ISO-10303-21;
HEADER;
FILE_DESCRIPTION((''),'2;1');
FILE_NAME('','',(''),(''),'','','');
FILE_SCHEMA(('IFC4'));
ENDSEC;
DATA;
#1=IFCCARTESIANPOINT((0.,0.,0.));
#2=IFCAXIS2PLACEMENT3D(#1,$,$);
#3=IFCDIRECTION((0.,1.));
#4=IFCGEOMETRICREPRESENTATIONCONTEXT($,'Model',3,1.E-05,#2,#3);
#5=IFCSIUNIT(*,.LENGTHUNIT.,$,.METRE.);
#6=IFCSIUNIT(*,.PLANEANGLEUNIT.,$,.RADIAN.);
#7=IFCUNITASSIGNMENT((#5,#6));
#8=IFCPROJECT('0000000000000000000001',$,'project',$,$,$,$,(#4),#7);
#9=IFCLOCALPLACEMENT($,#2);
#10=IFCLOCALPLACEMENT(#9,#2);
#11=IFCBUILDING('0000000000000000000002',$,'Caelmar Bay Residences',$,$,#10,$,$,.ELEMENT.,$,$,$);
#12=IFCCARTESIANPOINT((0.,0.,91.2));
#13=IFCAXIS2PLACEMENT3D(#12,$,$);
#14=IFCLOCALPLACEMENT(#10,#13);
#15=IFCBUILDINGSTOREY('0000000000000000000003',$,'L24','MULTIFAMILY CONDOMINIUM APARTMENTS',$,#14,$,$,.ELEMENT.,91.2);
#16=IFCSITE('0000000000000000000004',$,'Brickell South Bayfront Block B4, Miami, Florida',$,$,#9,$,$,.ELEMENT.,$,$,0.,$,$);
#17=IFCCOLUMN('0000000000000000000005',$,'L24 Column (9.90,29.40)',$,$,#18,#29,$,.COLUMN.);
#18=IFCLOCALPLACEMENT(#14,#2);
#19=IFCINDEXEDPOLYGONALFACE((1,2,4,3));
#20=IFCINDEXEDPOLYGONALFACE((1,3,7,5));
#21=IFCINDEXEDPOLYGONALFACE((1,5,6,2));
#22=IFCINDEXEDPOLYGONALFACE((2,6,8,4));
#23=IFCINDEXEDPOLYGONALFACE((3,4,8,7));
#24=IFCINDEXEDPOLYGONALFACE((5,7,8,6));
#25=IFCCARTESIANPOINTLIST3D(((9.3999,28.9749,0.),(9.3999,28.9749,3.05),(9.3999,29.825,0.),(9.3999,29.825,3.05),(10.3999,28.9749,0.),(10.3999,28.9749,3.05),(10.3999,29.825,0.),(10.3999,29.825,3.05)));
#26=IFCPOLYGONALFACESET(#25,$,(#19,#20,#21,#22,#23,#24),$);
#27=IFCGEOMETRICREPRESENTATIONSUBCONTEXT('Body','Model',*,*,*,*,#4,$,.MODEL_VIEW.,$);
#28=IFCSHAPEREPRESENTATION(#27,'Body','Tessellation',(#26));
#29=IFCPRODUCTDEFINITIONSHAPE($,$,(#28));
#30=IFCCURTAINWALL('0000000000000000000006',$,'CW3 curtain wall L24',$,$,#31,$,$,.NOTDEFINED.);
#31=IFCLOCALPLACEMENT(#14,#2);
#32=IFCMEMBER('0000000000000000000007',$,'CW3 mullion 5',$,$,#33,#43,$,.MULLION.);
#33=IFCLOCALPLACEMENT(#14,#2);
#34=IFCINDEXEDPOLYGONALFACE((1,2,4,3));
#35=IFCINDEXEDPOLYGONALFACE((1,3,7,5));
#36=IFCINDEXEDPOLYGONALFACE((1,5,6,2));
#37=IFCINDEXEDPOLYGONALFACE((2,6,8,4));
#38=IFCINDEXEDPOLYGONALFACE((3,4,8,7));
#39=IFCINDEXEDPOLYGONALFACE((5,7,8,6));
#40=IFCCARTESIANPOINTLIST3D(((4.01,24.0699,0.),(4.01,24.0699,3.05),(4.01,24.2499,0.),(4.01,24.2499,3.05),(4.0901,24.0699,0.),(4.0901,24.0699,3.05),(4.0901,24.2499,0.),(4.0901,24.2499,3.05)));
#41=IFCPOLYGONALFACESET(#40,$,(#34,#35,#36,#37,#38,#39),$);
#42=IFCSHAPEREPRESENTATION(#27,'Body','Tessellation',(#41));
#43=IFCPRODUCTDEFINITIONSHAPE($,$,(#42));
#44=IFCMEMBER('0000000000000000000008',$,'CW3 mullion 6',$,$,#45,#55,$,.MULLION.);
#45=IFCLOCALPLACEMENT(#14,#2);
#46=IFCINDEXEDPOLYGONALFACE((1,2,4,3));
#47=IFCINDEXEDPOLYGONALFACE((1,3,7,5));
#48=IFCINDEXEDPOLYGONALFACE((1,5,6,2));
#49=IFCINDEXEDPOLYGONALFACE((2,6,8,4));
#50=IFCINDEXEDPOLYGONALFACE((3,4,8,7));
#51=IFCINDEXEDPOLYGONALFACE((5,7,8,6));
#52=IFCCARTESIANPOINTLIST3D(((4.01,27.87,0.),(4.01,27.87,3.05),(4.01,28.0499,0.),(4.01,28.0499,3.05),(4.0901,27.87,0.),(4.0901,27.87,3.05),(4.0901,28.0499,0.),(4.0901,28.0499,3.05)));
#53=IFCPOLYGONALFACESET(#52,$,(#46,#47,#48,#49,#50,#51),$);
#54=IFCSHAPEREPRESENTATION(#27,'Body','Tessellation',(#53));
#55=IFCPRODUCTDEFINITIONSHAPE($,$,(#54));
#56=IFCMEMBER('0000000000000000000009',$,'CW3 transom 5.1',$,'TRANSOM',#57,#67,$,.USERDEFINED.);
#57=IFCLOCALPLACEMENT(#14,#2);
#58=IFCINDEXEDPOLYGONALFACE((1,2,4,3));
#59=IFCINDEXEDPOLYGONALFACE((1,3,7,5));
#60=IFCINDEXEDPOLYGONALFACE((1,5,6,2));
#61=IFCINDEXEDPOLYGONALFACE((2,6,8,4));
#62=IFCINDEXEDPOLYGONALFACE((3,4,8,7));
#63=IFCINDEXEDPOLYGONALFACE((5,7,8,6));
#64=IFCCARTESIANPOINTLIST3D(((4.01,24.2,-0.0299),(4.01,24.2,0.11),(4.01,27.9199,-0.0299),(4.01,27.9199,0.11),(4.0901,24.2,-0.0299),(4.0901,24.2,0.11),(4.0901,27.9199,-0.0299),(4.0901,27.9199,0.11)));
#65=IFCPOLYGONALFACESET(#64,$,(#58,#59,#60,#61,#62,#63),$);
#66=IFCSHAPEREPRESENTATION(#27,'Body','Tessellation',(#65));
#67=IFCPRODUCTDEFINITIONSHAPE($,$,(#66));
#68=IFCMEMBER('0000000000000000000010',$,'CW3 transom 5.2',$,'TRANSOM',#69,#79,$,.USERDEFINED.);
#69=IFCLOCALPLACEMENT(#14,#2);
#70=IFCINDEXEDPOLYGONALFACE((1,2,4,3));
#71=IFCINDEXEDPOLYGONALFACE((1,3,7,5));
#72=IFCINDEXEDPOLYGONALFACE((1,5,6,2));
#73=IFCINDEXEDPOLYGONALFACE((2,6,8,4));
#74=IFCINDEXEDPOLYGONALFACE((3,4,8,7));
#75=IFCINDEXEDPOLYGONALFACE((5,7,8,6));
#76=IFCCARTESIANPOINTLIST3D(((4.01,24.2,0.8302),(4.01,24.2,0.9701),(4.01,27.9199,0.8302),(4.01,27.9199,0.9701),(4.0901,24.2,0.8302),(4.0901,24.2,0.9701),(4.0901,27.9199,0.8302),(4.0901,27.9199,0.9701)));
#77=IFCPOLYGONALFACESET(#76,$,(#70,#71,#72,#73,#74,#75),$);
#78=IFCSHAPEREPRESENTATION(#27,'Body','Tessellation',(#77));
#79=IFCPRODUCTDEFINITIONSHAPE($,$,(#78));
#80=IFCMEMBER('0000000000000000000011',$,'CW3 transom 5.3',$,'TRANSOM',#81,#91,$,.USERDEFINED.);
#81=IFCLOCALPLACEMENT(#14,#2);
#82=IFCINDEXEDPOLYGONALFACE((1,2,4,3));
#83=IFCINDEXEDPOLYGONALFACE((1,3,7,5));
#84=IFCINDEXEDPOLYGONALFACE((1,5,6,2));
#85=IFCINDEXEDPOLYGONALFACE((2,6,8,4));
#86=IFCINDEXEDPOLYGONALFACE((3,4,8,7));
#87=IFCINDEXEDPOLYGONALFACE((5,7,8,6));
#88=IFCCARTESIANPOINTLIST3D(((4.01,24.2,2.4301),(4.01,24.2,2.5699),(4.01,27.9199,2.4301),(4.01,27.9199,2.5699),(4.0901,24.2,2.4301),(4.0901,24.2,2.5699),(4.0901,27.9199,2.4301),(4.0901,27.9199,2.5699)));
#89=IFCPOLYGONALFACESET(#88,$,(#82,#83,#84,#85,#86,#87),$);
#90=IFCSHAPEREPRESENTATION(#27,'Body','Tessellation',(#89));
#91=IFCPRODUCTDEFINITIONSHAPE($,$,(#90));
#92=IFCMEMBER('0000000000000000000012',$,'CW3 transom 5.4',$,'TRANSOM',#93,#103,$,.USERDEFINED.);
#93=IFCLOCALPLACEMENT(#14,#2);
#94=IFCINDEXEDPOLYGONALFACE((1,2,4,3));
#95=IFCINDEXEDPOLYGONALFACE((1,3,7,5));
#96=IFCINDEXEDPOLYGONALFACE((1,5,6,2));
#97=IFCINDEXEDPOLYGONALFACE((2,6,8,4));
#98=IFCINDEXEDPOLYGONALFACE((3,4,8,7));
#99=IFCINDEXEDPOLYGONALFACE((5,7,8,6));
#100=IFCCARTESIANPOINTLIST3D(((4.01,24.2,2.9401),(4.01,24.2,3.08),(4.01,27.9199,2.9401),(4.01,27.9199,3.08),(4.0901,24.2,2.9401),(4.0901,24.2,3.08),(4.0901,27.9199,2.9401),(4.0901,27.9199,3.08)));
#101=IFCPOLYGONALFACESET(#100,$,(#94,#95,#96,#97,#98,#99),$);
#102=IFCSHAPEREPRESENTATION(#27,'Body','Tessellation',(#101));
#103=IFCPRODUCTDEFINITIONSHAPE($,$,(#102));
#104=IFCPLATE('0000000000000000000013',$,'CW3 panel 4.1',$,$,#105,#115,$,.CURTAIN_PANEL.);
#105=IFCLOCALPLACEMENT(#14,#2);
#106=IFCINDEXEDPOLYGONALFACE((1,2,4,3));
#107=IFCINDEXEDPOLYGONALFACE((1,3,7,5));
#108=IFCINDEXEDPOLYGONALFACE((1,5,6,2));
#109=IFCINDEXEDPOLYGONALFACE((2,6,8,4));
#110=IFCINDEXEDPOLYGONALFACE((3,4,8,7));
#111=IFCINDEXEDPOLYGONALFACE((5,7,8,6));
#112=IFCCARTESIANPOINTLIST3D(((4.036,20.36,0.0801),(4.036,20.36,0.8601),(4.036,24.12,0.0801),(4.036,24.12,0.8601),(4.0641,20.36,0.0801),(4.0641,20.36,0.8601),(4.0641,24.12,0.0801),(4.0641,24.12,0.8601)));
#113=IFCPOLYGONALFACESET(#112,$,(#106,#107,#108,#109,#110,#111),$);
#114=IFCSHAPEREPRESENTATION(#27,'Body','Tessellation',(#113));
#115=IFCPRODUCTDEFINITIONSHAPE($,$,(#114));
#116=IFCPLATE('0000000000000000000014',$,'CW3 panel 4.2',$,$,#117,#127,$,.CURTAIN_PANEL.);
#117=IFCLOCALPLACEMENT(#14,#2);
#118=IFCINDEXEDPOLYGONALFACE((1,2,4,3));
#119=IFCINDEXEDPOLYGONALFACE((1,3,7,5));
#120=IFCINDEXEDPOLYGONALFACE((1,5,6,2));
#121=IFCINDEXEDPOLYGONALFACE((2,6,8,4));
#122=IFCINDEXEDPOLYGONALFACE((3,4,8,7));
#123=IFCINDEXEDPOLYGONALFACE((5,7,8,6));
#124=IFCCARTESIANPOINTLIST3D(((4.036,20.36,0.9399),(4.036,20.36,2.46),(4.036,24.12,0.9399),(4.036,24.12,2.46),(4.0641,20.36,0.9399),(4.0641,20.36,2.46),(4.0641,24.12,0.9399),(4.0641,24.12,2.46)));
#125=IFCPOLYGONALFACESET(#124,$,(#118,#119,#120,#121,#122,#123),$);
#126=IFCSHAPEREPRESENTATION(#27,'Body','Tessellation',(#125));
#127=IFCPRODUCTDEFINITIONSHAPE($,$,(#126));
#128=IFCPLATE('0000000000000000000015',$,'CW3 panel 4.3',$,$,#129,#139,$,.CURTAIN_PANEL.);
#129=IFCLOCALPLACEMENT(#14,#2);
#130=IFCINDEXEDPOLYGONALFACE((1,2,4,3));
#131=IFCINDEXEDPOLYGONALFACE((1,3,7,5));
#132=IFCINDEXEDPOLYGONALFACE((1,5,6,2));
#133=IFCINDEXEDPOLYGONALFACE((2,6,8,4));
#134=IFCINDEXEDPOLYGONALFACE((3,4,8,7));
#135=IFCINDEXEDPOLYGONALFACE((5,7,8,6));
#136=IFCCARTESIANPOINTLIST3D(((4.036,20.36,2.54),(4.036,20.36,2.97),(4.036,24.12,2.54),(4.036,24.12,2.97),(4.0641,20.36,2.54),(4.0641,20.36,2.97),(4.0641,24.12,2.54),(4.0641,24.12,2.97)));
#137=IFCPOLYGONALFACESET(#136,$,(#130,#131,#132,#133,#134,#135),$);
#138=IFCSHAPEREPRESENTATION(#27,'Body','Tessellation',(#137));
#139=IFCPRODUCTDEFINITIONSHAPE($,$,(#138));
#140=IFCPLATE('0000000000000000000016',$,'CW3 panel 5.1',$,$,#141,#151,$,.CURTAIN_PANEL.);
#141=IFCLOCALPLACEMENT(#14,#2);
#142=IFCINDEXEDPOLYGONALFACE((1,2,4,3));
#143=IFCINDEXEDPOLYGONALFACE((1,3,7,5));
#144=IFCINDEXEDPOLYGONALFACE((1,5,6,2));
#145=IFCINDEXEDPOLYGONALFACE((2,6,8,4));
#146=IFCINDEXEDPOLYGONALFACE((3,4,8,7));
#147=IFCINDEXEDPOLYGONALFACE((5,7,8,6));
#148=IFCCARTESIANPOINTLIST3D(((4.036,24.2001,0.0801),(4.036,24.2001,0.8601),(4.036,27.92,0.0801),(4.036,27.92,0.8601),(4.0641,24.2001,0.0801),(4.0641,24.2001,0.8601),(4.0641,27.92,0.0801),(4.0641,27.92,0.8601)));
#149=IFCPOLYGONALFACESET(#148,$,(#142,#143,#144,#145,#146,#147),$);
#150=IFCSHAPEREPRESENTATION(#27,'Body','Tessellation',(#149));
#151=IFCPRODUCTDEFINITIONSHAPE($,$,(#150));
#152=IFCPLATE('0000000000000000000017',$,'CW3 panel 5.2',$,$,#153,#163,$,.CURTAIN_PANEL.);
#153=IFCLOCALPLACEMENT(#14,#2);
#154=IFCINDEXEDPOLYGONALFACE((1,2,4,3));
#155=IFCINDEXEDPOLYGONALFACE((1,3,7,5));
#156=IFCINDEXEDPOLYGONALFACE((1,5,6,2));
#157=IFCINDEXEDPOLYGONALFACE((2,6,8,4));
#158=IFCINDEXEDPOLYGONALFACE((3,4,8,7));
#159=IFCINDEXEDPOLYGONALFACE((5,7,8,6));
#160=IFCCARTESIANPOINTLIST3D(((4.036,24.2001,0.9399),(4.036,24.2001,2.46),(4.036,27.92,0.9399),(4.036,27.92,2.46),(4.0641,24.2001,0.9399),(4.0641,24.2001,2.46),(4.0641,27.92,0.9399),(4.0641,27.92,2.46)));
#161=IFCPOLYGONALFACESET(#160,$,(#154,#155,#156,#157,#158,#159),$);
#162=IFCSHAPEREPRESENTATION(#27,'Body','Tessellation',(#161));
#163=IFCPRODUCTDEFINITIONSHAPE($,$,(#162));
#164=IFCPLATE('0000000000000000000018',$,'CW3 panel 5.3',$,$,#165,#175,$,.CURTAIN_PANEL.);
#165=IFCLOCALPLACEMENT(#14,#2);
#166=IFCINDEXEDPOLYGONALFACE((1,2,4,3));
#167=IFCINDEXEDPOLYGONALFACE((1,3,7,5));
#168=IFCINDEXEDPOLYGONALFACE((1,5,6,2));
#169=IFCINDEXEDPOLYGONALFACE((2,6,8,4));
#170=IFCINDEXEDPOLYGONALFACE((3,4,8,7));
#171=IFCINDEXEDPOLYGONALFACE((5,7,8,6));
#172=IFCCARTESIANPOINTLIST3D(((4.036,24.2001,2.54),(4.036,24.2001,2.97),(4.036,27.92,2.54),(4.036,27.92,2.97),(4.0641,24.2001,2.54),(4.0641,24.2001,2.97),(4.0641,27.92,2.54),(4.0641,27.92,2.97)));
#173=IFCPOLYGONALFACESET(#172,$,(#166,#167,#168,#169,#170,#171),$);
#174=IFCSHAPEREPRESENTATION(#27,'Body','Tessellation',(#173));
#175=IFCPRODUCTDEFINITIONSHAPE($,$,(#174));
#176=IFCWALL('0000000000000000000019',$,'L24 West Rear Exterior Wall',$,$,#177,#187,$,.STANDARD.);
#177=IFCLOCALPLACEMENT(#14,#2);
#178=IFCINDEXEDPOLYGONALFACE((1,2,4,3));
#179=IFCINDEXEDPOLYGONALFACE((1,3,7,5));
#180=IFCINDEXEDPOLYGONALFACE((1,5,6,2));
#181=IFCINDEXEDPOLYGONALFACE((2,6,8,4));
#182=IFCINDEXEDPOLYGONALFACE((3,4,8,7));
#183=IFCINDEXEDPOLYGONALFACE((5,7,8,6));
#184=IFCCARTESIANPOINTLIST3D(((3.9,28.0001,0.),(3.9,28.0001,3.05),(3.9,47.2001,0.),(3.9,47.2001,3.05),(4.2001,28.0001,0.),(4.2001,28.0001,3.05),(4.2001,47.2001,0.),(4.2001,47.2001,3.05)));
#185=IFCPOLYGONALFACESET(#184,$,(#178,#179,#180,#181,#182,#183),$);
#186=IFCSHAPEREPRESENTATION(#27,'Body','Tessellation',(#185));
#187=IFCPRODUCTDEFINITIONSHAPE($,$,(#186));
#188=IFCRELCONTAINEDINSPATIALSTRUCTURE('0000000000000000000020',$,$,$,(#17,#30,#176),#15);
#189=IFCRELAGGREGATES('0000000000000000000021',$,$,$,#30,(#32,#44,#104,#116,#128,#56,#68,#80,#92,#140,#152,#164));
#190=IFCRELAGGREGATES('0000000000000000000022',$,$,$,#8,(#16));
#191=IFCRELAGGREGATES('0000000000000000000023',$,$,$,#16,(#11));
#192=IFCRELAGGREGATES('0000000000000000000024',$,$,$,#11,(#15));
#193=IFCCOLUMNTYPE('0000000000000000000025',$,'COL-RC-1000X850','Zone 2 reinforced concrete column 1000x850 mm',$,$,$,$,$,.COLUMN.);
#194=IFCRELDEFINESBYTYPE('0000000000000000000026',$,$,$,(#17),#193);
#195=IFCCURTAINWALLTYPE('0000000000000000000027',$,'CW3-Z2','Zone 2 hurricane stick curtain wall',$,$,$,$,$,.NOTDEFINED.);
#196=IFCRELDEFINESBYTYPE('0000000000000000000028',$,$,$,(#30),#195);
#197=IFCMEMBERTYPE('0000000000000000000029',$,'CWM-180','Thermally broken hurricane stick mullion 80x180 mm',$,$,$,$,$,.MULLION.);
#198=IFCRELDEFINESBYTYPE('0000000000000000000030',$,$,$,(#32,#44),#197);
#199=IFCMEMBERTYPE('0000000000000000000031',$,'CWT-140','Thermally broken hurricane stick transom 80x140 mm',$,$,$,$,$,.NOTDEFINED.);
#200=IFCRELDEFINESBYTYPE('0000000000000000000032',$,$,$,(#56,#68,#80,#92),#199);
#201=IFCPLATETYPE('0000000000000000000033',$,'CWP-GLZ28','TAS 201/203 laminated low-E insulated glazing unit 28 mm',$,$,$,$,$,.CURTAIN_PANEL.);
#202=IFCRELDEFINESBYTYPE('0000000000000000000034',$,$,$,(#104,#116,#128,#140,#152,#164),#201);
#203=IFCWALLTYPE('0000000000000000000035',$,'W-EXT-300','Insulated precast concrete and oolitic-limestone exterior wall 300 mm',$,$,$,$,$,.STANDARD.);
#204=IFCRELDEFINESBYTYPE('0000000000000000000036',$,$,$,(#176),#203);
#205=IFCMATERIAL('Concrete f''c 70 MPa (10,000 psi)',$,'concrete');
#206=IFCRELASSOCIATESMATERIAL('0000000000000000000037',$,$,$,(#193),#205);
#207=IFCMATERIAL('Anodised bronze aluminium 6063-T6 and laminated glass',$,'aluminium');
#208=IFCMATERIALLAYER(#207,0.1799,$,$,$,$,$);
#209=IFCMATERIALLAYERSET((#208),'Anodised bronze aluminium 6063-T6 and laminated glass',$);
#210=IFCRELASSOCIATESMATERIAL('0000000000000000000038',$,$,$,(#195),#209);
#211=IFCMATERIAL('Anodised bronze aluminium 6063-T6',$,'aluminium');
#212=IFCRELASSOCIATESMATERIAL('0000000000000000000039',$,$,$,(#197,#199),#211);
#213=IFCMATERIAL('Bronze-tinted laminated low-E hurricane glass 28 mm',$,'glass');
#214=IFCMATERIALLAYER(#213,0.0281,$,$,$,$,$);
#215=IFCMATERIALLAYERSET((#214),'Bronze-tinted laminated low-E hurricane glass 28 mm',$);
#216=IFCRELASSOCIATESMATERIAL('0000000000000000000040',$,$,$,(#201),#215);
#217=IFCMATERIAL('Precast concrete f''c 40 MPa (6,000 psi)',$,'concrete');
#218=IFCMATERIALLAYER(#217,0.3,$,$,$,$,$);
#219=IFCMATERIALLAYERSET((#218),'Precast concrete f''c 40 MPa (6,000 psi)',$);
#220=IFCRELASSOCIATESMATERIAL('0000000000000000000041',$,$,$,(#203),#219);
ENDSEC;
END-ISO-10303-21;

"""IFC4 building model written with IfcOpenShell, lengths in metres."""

from ifc_helpers import new_model, si_unit, direction, frame, frame_2d, origin, origin_2d, place, context, subcontext, project, spatial, rectangle, extrude, material, layer, layer_set, material_profile, profile_set, type_object, element, aggregate, save


model = new_model("IFC4")

# Units and contexts
model_context = context("Model", 3, precision=1e-05, world=origin(), true_north=direction((0.0, 1.0)))
body_context = subcontext(model_context, "Body", "Model", "MODEL_VIEW")
ifc_project = project(units=[si_unit("LENGTHUNIT", "METRE"), si_unit("PLANEANGLEUNIT", "RADIAN")], contexts=[model_context])

# Site, building, storey
site_placement = place(None, origin())
site = spatial("IfcSite", under=ifc_project, at=site_placement, Name="Brickell South Bayfront Block B4, Miami, Florida", CompositionType="ELEMENT", RefElevation=0.0)
building_placement = place(site_placement, origin())
building = spatial("IfcBuilding", under=site, at=building_placement, Name="Caelmar Bay Residences", CompositionType="ELEMENT")
storey_placement = place(building_placement, frame((0.0, 0.0, 91.2)))
storey = spatial("IfcBuildingStorey", under=building, at=storey_placement, Name="L24", Description="MULTIFAMILY CONDOMINIUM APARTMENTS", CompositionType="ELEMENT", Elevation=91.2)

# Column
ifc_material_1 = material(Name="Concrete f'c 70 MPa (10,000 psi)", Category="concrete")
ifc_material_profile_1 = material_profile(ifc_material_1, rectangle(XDim=1.0, YDim=0.8501, at=origin_2d()), Name="RC-COL-1000X850")
ifc_profile_set_1 = profile_set([ifc_material_profile_1], Name="Concrete f'c 70 MPa (10,000 psi)")
column_type = type_object("IfcColumnType", Name="COL-RC-1000X850", Description="Zone 2 reinforced concrete column 1000x850 mm", PredefinedType="COLUMN", material=ifc_profile_set_1)
column_placement = place(storey_placement, frame((9.8999, 29.3999, 0.0), z_axis=(0.0, 0.0, 1.0), x_axis=(1.0, 0.0, 0.0)))
element("IfcColumn", 1, at=column_placement, inside=storey, type_object=column_type, Name="L24 Column (9.90,29.40)", PredefinedType="COLUMN", context=body_context, shape_type="SweptSolid", body=[
    extrude(rectangle(XDim=1.0, YDim=0.8501, at=origin_2d()), origin(), (0.0, 0.0, 1.0), 3.05),
])

# Curtain wall, members, plates
ifc_material_2 = material(Name="Anodised bronze aluminium 6063-T6 and laminated glass", Category="aluminium")
ifc_layer_1 = layer(ifc_material_2, 0.1799)
ifc_layer_set_1 = layer_set([ifc_layer_1], Name="Anodised bronze aluminium 6063-T6 and laminated glass")
curtain_wall_type = type_object("IfcCurtainWallType", Name="CW3-Z2", Description="Zone 2 hurricane stick curtain wall", PredefinedType="NOTDEFINED", material=ifc_layer_set_1)
curtain_wall_placement = place(storey_placement, origin())
curtain_wall = element("IfcCurtainWall", 2, at=curtain_wall_placement, inside=storey, type_object=curtain_wall_type, Name="CW3 curtain wall L24", PredefinedType="NOTDEFINED")
ifc_material_3 = material(Name="Anodised bronze aluminium 6063-T6", Category="aluminium")
ifc_material_profile_2 = material_profile(ifc_material_3, rectangle(XDim=0.0801, YDim=0.1799, at=origin_2d()), Name="CWM-80X180")
ifc_profile_set_2 = profile_set([ifc_material_profile_2], Name="Anodised bronze aluminium 6063-T6")
member_type_1 = type_object("IfcMemberType", Name="CWM-180", Description="Thermally broken hurricane stick mullion 80x180 mm", PredefinedType="MULLION", material=ifc_profile_set_2)
member_1_placement = place(storey_placement, frame((4.05, 24.1599, 0.0), z_axis=(0.0, 0.0, 1.0), x_axis=(-1.0, 0.0, 0.0)))
member_1 = element("IfcMember", 3, at=member_1_placement, type_object=member_type_1, Name="CW3 mullion 5", PredefinedType="MULLION", context=body_context, shape_type="SweptSolid", body=[
    extrude(rectangle(XDim=0.0801, YDim=0.1799, at=origin_2d()), origin(), (0.0, 0.0, 1.0), 3.05),
])
member_2_placement = place(storey_placement, frame((4.05, 27.96, 0.0), z_axis=(0.0, 0.0, 1.0), x_axis=(-1.0, 0.0, 0.0)))
member_2 = element("IfcMember", 4, at=member_2_placement, type_object=member_type_1, Name="CW3 mullion 6", PredefinedType="MULLION", context=body_context, shape_type="SweptSolid", body=[
    extrude(rectangle(XDim=0.0801, YDim=0.1799, at=origin_2d()), origin(), (0.0, 0.0, 1.0), 3.05),
])
ifc_material_profile_3 = material_profile(ifc_material_3, rectangle(XDim=0.0801, YDim=0.1399, at=origin_2d()), Name="CWT-80X140")
ifc_profile_set_3 = profile_set([ifc_material_profile_3], Name="Anodised bronze aluminium 6063-T6")
member_type_2 = type_object("IfcMemberType", Name="CWT-140", Description="Thermally broken hurricane stick transom 80x140 mm", PredefinedType="NOTDEFINED", material=ifc_profile_set_3)
member_3_placement = place(storey_placement, frame((4.05, 24.2, 0.04), z_axis=(0.0, 1.0, 0.0), x_axis=(-1.0, 0.0, 0.0)))
member_3 = element("IfcMember", 5, at=member_3_placement, type_object=member_type_2, Name="CW3 transom 5.1", ObjectType="TRANSOM", PredefinedType="USERDEFINED", context=body_context, shape_type="SweptSolid", body=[
    extrude(rectangle(XDim=0.0801, YDim=0.1399, at=origin_2d()), origin(), (0.0, 0.0, 1.0), 3.72),
])
member_4_placement = place(storey_placement, frame((4.05, 24.2, 0.9001), z_axis=(0.0, 1.0, 0.0), x_axis=(-1.0, 0.0, 0.0)))
member_4 = element("IfcMember", 6, at=member_4_placement, type_object=member_type_2, Name="CW3 transom 5.2", ObjectType="TRANSOM", PredefinedType="USERDEFINED", context=body_context, shape_type="SweptSolid", body=[
    extrude(rectangle(XDim=0.0801, YDim=0.1399, at=origin_2d()), origin(), (0.0, 0.0, 1.0), 3.72),
])
member_5_placement = place(storey_placement, frame((4.05, 24.2, 2.5), z_axis=(0.0, 1.0, 0.0), x_axis=(-1.0, 0.0, 0.0)))
member_5 = element("IfcMember", 7, at=member_5_placement, type_object=member_type_2, Name="CW3 transom 5.3", ObjectType="TRANSOM", PredefinedType="USERDEFINED", context=body_context, shape_type="SweptSolid", body=[
    extrude(rectangle(XDim=0.0801, YDim=0.1399, at=origin_2d()), origin(), (0.0, 0.0, 1.0), 3.72),
])
member_6_placement = place(storey_placement, frame((4.05, 24.2, 3.01), z_axis=(0.0, 1.0, 0.0), x_axis=(-1.0, 0.0, 0.0)))
member_6 = element("IfcMember", 8, at=member_6_placement, type_object=member_type_2, Name="CW3 transom 5.4", ObjectType="TRANSOM", PredefinedType="USERDEFINED", context=body_context, shape_type="SweptSolid", body=[
    extrude(rectangle(XDim=0.0801, YDim=0.1399, at=origin_2d()), origin(), (0.0, 0.0, 1.0), 3.72),
])
ifc_material_4 = material(Name="Bronze-tinted laminated low-E hurricane glass 28 mm", Category="glass")
ifc_layer_2 = layer(ifc_material_4, 0.0281)
ifc_layer_set_2 = layer_set([ifc_layer_2], Name="Bronze-tinted laminated low-E hurricane glass 28 mm")
plate_type = type_object("IfcPlateType", Name="CWP-GLZ28", Description="TAS 201/203 laminated low-E insulated glazing unit 28 mm", PredefinedType="CURTAIN_PANEL", material=ifc_layer_set_2)
plate_1_placement = place(storey_placement, frame((4.05, 22.24, 0.0801), z_axis=(0.0, 0.0, 1.0), x_axis=(0.0, 1.0, 0.0)))
plate_1 = element("IfcPlate", 9, at=plate_1_placement, type_object=plate_type, Name="CW3 panel 4.1", PredefinedType="CURTAIN_PANEL", context=body_context, shape_type="SweptSolid", body=[
    extrude(rectangle(XDim=3.76, YDim=0.0281, at=origin_2d()), origin(), (0.0, 0.0, 1.0), 0.78),
])
plate_2_placement = place(storey_placement, frame((4.05, 22.24, 0.9399), z_axis=(0.0, 0.0, 1.0), x_axis=(0.0, 1.0, 0.0)))
plate_2 = element("IfcPlate", 10, at=plate_2_placement, type_object=plate_type, Name="CW3 panel 4.2", PredefinedType="CURTAIN_PANEL", context=body_context, shape_type="SweptSolid", body=[
    extrude(rectangle(XDim=3.76, YDim=0.0281, at=origin_2d()), origin(), (0.0, 0.0, 1.0), 1.52),
])
plate_3_placement = place(storey_placement, frame((4.05, 22.24, 2.54), z_axis=(0.0, 0.0, 1.0), x_axis=(0.0, 1.0, 0.0)))
plate_3 = element("IfcPlate", 11, at=plate_3_placement, type_object=plate_type, Name="CW3 panel 4.3", PredefinedType="CURTAIN_PANEL", context=body_context, shape_type="SweptSolid", body=[
    extrude(rectangle(XDim=3.76, YDim=0.0281, at=origin_2d()), origin(), (0.0, 0.0, 1.0), 0.4299),
])
plate_4_placement = place(storey_placement, frame((4.05, 26.0601, 0.0801), z_axis=(0.0, 0.0, 1.0), x_axis=(0.0, 1.0, 0.0)))
plate_4 = element("IfcPlate", 12, at=plate_4_placement, type_object=plate_type, Name="CW3 panel 5.1", PredefinedType="CURTAIN_PANEL", context=body_context, shape_type="SweptSolid", body=[
    extrude(rectangle(XDim=3.72, YDim=0.0281, at=origin_2d()), origin(), (0.0, 0.0, 1.0), 0.78),
])
plate_5_placement = place(storey_placement, frame((4.05, 26.0601, 0.9399), z_axis=(0.0, 0.0, 1.0), x_axis=(0.0, 1.0, 0.0)))
plate_5 = element("IfcPlate", 13, at=plate_5_placement, type_object=plate_type, Name="CW3 panel 5.2", PredefinedType="CURTAIN_PANEL", context=body_context, shape_type="SweptSolid", body=[
    extrude(rectangle(XDim=3.72, YDim=0.0281, at=origin_2d()), origin(), (0.0, 0.0, 1.0), 1.52),
])
plate_6_placement = place(storey_placement, frame((4.05, 26.0601, 2.54), z_axis=(0.0, 0.0, 1.0), x_axis=(0.0, 1.0, 0.0)))
plate_6 = element("IfcPlate", 14, at=plate_6_placement, type_object=plate_type, Name="CW3 panel 5.3", PredefinedType="CURTAIN_PANEL", context=body_context, shape_type="SweptSolid", body=[
    extrude(rectangle(XDim=3.72, YDim=0.0281, at=origin_2d()), origin(), (0.0, 0.0, 1.0), 0.4299),
])
aggregate(curtain_wall, [member_1, member_2, plate_1, plate_2, plate_3, member_3, member_4, member_5, member_6, plate_4, plate_5, plate_6])

# Wall
ifc_material_5 = material(Name="Precast concrete f'c 40 MPa (6,000 psi)", Category="concrete")
ifc_layer_3 = layer(ifc_material_5, 0.3)
ifc_layer_set_3 = layer_set([ifc_layer_3], Name="Precast concrete f'c 40 MPa (6,000 psi)")
wall_type_1 = type_object("IfcWallType", Name="W-EXT-300", Description="Insulated precast concrete and oolitic-limestone exterior wall 300 mm", PredefinedType="STANDARD", material=ifc_layer_set_3)
wall_1_placement = place(storey_placement, frame((4.05, 28.0, 0.0), z_axis=(0.0, 0.0, 1.0), x_axis=(0.0, 1.0, 0.0)))
element("IfcWall", 15, at=wall_1_placement, inside=storey, type_object=wall_type_1, Name="L24 West Rear Exterior Wall", PredefinedType="STANDARD", context=body_context, shape_type="SweptSolid", body=[
    extrude(rectangle(XDim=19.2, YDim=0.3, at=frame_2d((9.6001, 0.0))), origin(), (0.0, 0.0, 1.0), 3.05),
])

save(model, "model.ifc")
